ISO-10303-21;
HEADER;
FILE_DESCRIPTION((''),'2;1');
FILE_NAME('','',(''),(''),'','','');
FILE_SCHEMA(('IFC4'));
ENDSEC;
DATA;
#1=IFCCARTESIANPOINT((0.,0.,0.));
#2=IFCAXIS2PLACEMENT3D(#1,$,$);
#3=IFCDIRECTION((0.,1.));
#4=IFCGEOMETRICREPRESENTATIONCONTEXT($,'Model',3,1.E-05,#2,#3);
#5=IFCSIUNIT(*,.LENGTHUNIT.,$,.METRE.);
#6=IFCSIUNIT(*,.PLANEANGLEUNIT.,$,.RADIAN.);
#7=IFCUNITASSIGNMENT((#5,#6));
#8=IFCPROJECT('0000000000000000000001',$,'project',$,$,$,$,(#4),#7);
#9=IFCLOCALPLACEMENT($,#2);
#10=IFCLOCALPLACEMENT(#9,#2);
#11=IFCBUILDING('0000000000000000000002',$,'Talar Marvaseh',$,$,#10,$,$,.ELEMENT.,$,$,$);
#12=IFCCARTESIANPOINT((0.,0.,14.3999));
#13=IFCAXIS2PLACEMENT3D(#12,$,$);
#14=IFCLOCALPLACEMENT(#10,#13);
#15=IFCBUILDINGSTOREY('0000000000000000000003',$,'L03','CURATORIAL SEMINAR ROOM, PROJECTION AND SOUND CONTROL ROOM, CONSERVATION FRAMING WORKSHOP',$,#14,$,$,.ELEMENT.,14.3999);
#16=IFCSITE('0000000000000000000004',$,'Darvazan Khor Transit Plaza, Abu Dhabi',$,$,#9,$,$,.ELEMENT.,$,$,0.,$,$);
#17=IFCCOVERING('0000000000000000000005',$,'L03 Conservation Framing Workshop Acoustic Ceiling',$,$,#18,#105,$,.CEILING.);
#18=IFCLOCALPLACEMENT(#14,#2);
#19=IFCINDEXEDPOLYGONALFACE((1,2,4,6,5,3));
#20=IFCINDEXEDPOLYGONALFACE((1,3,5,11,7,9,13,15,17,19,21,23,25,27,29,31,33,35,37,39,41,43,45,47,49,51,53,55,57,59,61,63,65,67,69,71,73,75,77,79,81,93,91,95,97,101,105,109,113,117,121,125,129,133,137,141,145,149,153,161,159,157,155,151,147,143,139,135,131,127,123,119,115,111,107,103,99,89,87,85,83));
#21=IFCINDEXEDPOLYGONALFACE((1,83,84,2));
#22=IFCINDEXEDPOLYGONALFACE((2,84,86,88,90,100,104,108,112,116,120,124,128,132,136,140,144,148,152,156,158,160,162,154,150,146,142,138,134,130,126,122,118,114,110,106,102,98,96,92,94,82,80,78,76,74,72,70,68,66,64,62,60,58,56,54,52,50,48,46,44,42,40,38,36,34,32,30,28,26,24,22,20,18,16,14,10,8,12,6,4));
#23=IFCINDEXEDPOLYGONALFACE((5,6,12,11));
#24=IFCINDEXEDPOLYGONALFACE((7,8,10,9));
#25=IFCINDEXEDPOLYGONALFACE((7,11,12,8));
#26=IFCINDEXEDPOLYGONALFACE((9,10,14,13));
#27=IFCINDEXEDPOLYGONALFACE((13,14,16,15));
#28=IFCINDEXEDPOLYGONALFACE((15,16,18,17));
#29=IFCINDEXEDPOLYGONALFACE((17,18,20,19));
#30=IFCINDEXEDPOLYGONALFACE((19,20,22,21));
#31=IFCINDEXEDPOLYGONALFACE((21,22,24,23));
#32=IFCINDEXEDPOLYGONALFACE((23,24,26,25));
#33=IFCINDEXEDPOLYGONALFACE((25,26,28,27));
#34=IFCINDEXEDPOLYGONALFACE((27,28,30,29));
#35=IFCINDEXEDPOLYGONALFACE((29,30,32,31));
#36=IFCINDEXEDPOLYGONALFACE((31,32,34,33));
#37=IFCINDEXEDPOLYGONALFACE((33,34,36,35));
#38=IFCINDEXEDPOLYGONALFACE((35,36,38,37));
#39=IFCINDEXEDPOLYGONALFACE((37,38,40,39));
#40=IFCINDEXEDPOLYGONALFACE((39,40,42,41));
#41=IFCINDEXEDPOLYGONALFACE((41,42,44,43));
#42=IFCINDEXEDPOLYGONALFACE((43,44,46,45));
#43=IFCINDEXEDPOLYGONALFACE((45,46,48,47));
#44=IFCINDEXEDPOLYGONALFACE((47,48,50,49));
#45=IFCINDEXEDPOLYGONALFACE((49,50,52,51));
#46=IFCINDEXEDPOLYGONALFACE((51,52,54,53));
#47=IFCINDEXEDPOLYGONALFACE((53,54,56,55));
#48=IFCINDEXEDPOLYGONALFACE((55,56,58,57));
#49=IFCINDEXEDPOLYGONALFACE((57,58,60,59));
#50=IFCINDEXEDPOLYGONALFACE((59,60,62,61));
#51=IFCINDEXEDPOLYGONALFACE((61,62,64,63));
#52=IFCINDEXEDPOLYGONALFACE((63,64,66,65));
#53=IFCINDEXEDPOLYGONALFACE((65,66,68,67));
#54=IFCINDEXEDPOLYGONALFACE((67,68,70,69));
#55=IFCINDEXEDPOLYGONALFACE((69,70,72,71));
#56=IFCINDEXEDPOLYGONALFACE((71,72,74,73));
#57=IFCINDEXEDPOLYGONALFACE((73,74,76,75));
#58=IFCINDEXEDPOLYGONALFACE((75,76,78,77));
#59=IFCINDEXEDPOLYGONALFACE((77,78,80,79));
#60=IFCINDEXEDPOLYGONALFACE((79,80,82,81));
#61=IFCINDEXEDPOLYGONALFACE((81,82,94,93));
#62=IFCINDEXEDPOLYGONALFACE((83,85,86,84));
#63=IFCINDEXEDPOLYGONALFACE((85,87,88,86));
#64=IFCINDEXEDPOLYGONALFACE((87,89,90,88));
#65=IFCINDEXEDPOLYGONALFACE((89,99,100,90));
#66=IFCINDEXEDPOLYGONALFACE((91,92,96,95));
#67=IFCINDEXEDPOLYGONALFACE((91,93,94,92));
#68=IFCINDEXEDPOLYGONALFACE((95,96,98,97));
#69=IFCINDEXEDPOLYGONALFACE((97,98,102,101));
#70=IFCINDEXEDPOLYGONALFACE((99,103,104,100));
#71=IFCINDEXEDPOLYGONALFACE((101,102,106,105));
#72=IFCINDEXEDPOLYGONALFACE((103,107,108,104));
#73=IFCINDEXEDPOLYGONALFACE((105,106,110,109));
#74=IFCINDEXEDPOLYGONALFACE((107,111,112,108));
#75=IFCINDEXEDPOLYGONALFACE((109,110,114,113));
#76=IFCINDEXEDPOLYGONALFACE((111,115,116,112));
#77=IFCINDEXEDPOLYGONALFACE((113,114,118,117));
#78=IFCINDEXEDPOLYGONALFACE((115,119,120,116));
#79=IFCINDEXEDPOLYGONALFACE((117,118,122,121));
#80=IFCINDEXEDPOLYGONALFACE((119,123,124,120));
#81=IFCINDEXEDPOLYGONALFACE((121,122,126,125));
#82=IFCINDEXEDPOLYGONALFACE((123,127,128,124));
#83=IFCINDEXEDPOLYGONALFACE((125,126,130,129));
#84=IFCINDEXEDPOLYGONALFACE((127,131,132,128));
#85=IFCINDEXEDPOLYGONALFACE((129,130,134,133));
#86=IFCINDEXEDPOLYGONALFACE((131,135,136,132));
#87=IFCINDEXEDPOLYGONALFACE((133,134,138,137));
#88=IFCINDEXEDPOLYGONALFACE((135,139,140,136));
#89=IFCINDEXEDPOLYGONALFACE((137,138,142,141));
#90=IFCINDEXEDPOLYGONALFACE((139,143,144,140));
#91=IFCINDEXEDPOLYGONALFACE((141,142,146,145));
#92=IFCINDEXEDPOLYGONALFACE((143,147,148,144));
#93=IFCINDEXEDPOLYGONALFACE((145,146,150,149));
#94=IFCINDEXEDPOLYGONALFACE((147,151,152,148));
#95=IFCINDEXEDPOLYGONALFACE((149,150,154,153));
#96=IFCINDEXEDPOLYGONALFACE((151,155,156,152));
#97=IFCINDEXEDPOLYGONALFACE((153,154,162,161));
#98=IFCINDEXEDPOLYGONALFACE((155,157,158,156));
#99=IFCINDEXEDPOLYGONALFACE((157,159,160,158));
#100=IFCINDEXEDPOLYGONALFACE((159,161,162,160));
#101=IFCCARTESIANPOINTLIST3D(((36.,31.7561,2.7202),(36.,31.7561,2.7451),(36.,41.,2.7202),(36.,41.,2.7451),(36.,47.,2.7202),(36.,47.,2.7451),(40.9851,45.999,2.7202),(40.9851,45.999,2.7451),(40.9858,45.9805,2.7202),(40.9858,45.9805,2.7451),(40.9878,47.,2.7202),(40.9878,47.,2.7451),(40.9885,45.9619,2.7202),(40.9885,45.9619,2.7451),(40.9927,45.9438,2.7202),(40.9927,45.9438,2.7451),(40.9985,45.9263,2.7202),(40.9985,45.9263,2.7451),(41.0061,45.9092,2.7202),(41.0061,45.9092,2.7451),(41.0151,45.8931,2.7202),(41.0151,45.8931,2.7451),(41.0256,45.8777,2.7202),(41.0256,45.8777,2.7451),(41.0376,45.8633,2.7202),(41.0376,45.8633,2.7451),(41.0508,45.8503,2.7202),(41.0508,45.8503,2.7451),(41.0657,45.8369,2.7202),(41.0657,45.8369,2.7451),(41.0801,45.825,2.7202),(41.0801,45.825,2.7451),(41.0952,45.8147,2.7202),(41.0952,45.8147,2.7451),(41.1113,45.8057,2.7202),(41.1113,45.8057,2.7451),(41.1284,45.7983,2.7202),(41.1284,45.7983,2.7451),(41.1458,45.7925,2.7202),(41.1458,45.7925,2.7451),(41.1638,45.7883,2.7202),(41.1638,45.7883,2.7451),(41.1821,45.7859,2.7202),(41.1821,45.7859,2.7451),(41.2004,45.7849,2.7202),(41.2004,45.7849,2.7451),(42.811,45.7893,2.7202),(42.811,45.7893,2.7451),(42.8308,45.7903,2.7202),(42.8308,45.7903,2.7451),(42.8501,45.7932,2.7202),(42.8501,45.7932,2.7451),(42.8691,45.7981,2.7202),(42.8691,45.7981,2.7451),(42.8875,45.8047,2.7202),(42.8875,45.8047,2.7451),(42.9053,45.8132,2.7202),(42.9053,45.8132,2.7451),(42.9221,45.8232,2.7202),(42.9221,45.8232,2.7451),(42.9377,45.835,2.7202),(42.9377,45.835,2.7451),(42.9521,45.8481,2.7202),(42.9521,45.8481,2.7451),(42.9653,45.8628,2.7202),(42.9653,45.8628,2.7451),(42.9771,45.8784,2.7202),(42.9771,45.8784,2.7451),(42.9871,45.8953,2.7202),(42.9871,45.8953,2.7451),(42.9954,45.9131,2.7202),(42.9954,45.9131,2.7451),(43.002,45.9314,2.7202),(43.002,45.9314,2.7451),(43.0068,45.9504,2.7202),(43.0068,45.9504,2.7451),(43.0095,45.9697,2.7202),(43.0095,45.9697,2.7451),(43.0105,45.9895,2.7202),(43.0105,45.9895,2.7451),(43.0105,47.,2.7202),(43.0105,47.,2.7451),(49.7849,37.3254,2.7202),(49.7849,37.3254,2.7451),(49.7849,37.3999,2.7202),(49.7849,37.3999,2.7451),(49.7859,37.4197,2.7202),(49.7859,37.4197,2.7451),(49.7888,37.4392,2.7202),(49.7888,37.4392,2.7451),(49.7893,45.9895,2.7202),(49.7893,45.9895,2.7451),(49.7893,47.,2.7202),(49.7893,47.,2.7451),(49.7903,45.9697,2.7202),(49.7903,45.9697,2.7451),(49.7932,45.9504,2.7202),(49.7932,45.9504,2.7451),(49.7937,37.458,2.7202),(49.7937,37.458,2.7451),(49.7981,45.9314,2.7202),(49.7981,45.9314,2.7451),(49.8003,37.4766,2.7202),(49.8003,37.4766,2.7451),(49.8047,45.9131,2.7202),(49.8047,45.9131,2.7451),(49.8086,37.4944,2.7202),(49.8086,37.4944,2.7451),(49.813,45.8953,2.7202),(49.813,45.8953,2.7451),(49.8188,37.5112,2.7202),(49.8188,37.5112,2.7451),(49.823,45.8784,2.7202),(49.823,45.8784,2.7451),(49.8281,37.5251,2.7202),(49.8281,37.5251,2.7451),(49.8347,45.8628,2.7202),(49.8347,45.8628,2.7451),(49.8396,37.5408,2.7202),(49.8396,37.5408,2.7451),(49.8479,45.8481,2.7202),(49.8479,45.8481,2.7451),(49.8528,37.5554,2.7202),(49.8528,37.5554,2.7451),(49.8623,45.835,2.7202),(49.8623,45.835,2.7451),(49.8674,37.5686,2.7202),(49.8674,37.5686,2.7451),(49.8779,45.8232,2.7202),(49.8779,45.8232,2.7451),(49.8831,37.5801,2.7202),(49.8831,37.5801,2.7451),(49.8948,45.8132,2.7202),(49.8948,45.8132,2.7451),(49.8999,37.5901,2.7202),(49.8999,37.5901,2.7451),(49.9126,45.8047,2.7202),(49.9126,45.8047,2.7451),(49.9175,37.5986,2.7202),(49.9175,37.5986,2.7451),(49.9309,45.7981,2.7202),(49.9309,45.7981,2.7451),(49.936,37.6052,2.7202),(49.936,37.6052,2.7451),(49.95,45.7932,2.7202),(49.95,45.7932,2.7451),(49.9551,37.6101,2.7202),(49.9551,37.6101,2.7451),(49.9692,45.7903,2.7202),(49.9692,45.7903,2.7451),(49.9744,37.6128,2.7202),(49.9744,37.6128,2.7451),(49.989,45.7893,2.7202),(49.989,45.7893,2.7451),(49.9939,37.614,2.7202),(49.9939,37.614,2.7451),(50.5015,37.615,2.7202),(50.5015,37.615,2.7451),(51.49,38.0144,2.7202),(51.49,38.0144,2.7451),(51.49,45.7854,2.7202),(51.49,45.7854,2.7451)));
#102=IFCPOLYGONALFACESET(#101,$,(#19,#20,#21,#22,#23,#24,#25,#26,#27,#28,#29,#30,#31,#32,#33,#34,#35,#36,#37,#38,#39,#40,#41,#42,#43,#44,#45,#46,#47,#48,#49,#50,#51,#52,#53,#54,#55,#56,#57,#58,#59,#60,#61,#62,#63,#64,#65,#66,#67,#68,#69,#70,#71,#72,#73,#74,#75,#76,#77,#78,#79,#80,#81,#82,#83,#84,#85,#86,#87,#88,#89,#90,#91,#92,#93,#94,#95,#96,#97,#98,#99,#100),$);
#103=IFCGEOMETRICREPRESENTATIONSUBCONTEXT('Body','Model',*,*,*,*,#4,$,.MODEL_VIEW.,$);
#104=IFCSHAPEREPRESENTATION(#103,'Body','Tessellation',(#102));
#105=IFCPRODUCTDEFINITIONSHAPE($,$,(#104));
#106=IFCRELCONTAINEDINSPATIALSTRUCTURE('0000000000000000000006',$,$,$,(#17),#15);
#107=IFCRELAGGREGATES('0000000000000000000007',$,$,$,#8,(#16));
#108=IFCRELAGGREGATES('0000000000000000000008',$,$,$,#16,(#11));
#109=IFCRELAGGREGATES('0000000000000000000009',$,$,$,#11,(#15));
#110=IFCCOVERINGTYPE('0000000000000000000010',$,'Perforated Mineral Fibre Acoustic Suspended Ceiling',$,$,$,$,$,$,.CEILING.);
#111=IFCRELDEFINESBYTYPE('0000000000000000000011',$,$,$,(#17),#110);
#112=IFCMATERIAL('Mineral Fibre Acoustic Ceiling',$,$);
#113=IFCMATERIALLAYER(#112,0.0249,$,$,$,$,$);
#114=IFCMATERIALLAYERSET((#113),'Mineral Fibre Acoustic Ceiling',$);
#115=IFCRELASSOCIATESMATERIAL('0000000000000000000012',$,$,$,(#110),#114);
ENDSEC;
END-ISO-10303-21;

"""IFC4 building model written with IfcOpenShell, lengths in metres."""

from ifc_helpers import new_model, si_unit, direction, frame, origin, place, context, subcontext, project, spatial, polyline, outline, extrude, material, layer, layer_set, type_object, element, save


model = new_model("IFC4")

# Units and contexts
model_context = context("Model", 3, precision=1e-05, world=origin(), true_north=direction((0.0, 1.0)))
body_context = subcontext(model_context, "Body", "Model", "MODEL_VIEW")
ifc_project = project(units=[si_unit("LENGTHUNIT", "METRE"), si_unit("PLANEANGLEUNIT", "RADIAN")], contexts=[model_context])

# Site, building, storey
site_placement = place(None, origin())
site = spatial("IfcSite", under=ifc_project, at=site_placement, Name="Darvazan Khor Transit Plaza, Abu Dhabi", CompositionType="ELEMENT", RefElevation=0.0)
building_placement = place(site_placement, origin())
building = spatial("IfcBuilding", under=site, at=building_placement, Name="Talar Marvaseh", CompositionType="ELEMENT")
storey_placement = place(building_placement, frame((0.0, 0.0, 14.3999)))
storey = spatial("IfcBuildingStorey", under=building, at=storey_placement, Name="L03", Description="CURATORIAL SEMINAR ROOM, PROJECTION AND SOUND CONTROL ROOM, CONSERVATION FRAMING WORKSHOP", CompositionType="ELEMENT", Elevation=14.3999)

# Covering
ifc_material_1 = material(Name="Mineral Fibre Acoustic Ceiling")
ifc_layer_1 = layer(ifc_material_1, 0.0249)
ifc_layer_set_1 = layer_set([ifc_layer_1], Name="Mineral Fibre Acoustic Ceiling")
covering_type_1 = type_object("IfcCoveringType", Name="Perforated Mineral Fibre Acoustic Suspended Ceiling", PredefinedType="CEILING", material=ifc_layer_set_1)
covering_1_placement = place(storey_placement, frame((0.0, 0.0, 2.7202)))
element("IfcCovering", 1, at=covering_1_placement, inside=storey, type_object=covering_type_1, Name="L03 Conservation Framing Workshop Acoustic Ceiling", PredefinedType="CEILING", context=body_context, shape_type="SweptSolid", body=[
    extrude(outline(polyline([(40.9858, 45.9805), (40.9885, 45.9619), (40.9927, 45.9438), (40.9985, 45.9263), (41.0061, 45.9092), (41.0151, 45.8931), (41.0256, 45.8777), (41.0376, 45.8633), (41.0508, 45.8503), (41.0657, 45.8369), (41.0801, 45.825), (41.0952, 45.8147), (41.1113, 45.8057), (41.1284, 45.7983), (41.1458, 45.7925), (41.1638, 45.7883), (41.1821, 45.7859), (41.2004, 45.7849), (42.811, 45.7893), (42.8308, 45.7903), (42.8501, 45.7932), (42.8691, 45.7981), (42.8875, 45.8047), (42.9053, 45.8132), (42.9221, 45.8232), (42.9377, 45.835), (42.9521, 45.8481), (42.9653, 45.8628), (42.9771, 45.8784), (42.9871, 45.8953), (42.9954, 45.9131), (43.002, 45.9314), (43.0068, 45.9504), (43.0095, 45.9697), (43.0105, 45.9895), (43.0105, 47.0), (49.7893, 47.0), (49.7893, 45.9895), (49.7903, 45.9697), (49.7932, 45.9504), (49.7981, 45.9314), (49.8047, 45.9131), (49.813, 45.8953), (49.823, 45.8784), (49.8347, 45.8628), (49.8479, 45.8481), (49.8623, 45.835), (49.8779, 45.8232), (49.8948, 45.8132), (49.9126, 45.8047), (49.9309, 45.7981), (49.95, 45.7932), (49.9692, 45.7903), (49.989, 45.7893), (51.49, 45.7854), (51.49, 38.0144), (50.5015, 37.615), (49.9939, 37.614), (49.9744, 37.6128), (49.9551, 37.6101), (49.936, 37.6052), (49.9175, 37.5986), (49.8999, 37.5901), (49.8831, 37.5801), (49.8674, 37.5686), (49.8528, 37.5554), (49.8396, 37.5408), (49.8281, 37.5251), (49.8188, 37.5112), (49.8086, 37.4944), (49.8003, 37.4766), (49.7937, 37.458), (49.7888, 37.4392), (49.7859, 37.4197), (49.7849, 37.3999), (49.7849, 37.3254), (36.0, 31.7561), (36.0, 41.0), (36.0, 47.0), (40.9878, 47.0), (40.9851, 45.999), (40.9858, 45.9805)])), origin(), (0.0, 0.0, 1.0), 0.0249),
])

save(model, "model.ifc")
